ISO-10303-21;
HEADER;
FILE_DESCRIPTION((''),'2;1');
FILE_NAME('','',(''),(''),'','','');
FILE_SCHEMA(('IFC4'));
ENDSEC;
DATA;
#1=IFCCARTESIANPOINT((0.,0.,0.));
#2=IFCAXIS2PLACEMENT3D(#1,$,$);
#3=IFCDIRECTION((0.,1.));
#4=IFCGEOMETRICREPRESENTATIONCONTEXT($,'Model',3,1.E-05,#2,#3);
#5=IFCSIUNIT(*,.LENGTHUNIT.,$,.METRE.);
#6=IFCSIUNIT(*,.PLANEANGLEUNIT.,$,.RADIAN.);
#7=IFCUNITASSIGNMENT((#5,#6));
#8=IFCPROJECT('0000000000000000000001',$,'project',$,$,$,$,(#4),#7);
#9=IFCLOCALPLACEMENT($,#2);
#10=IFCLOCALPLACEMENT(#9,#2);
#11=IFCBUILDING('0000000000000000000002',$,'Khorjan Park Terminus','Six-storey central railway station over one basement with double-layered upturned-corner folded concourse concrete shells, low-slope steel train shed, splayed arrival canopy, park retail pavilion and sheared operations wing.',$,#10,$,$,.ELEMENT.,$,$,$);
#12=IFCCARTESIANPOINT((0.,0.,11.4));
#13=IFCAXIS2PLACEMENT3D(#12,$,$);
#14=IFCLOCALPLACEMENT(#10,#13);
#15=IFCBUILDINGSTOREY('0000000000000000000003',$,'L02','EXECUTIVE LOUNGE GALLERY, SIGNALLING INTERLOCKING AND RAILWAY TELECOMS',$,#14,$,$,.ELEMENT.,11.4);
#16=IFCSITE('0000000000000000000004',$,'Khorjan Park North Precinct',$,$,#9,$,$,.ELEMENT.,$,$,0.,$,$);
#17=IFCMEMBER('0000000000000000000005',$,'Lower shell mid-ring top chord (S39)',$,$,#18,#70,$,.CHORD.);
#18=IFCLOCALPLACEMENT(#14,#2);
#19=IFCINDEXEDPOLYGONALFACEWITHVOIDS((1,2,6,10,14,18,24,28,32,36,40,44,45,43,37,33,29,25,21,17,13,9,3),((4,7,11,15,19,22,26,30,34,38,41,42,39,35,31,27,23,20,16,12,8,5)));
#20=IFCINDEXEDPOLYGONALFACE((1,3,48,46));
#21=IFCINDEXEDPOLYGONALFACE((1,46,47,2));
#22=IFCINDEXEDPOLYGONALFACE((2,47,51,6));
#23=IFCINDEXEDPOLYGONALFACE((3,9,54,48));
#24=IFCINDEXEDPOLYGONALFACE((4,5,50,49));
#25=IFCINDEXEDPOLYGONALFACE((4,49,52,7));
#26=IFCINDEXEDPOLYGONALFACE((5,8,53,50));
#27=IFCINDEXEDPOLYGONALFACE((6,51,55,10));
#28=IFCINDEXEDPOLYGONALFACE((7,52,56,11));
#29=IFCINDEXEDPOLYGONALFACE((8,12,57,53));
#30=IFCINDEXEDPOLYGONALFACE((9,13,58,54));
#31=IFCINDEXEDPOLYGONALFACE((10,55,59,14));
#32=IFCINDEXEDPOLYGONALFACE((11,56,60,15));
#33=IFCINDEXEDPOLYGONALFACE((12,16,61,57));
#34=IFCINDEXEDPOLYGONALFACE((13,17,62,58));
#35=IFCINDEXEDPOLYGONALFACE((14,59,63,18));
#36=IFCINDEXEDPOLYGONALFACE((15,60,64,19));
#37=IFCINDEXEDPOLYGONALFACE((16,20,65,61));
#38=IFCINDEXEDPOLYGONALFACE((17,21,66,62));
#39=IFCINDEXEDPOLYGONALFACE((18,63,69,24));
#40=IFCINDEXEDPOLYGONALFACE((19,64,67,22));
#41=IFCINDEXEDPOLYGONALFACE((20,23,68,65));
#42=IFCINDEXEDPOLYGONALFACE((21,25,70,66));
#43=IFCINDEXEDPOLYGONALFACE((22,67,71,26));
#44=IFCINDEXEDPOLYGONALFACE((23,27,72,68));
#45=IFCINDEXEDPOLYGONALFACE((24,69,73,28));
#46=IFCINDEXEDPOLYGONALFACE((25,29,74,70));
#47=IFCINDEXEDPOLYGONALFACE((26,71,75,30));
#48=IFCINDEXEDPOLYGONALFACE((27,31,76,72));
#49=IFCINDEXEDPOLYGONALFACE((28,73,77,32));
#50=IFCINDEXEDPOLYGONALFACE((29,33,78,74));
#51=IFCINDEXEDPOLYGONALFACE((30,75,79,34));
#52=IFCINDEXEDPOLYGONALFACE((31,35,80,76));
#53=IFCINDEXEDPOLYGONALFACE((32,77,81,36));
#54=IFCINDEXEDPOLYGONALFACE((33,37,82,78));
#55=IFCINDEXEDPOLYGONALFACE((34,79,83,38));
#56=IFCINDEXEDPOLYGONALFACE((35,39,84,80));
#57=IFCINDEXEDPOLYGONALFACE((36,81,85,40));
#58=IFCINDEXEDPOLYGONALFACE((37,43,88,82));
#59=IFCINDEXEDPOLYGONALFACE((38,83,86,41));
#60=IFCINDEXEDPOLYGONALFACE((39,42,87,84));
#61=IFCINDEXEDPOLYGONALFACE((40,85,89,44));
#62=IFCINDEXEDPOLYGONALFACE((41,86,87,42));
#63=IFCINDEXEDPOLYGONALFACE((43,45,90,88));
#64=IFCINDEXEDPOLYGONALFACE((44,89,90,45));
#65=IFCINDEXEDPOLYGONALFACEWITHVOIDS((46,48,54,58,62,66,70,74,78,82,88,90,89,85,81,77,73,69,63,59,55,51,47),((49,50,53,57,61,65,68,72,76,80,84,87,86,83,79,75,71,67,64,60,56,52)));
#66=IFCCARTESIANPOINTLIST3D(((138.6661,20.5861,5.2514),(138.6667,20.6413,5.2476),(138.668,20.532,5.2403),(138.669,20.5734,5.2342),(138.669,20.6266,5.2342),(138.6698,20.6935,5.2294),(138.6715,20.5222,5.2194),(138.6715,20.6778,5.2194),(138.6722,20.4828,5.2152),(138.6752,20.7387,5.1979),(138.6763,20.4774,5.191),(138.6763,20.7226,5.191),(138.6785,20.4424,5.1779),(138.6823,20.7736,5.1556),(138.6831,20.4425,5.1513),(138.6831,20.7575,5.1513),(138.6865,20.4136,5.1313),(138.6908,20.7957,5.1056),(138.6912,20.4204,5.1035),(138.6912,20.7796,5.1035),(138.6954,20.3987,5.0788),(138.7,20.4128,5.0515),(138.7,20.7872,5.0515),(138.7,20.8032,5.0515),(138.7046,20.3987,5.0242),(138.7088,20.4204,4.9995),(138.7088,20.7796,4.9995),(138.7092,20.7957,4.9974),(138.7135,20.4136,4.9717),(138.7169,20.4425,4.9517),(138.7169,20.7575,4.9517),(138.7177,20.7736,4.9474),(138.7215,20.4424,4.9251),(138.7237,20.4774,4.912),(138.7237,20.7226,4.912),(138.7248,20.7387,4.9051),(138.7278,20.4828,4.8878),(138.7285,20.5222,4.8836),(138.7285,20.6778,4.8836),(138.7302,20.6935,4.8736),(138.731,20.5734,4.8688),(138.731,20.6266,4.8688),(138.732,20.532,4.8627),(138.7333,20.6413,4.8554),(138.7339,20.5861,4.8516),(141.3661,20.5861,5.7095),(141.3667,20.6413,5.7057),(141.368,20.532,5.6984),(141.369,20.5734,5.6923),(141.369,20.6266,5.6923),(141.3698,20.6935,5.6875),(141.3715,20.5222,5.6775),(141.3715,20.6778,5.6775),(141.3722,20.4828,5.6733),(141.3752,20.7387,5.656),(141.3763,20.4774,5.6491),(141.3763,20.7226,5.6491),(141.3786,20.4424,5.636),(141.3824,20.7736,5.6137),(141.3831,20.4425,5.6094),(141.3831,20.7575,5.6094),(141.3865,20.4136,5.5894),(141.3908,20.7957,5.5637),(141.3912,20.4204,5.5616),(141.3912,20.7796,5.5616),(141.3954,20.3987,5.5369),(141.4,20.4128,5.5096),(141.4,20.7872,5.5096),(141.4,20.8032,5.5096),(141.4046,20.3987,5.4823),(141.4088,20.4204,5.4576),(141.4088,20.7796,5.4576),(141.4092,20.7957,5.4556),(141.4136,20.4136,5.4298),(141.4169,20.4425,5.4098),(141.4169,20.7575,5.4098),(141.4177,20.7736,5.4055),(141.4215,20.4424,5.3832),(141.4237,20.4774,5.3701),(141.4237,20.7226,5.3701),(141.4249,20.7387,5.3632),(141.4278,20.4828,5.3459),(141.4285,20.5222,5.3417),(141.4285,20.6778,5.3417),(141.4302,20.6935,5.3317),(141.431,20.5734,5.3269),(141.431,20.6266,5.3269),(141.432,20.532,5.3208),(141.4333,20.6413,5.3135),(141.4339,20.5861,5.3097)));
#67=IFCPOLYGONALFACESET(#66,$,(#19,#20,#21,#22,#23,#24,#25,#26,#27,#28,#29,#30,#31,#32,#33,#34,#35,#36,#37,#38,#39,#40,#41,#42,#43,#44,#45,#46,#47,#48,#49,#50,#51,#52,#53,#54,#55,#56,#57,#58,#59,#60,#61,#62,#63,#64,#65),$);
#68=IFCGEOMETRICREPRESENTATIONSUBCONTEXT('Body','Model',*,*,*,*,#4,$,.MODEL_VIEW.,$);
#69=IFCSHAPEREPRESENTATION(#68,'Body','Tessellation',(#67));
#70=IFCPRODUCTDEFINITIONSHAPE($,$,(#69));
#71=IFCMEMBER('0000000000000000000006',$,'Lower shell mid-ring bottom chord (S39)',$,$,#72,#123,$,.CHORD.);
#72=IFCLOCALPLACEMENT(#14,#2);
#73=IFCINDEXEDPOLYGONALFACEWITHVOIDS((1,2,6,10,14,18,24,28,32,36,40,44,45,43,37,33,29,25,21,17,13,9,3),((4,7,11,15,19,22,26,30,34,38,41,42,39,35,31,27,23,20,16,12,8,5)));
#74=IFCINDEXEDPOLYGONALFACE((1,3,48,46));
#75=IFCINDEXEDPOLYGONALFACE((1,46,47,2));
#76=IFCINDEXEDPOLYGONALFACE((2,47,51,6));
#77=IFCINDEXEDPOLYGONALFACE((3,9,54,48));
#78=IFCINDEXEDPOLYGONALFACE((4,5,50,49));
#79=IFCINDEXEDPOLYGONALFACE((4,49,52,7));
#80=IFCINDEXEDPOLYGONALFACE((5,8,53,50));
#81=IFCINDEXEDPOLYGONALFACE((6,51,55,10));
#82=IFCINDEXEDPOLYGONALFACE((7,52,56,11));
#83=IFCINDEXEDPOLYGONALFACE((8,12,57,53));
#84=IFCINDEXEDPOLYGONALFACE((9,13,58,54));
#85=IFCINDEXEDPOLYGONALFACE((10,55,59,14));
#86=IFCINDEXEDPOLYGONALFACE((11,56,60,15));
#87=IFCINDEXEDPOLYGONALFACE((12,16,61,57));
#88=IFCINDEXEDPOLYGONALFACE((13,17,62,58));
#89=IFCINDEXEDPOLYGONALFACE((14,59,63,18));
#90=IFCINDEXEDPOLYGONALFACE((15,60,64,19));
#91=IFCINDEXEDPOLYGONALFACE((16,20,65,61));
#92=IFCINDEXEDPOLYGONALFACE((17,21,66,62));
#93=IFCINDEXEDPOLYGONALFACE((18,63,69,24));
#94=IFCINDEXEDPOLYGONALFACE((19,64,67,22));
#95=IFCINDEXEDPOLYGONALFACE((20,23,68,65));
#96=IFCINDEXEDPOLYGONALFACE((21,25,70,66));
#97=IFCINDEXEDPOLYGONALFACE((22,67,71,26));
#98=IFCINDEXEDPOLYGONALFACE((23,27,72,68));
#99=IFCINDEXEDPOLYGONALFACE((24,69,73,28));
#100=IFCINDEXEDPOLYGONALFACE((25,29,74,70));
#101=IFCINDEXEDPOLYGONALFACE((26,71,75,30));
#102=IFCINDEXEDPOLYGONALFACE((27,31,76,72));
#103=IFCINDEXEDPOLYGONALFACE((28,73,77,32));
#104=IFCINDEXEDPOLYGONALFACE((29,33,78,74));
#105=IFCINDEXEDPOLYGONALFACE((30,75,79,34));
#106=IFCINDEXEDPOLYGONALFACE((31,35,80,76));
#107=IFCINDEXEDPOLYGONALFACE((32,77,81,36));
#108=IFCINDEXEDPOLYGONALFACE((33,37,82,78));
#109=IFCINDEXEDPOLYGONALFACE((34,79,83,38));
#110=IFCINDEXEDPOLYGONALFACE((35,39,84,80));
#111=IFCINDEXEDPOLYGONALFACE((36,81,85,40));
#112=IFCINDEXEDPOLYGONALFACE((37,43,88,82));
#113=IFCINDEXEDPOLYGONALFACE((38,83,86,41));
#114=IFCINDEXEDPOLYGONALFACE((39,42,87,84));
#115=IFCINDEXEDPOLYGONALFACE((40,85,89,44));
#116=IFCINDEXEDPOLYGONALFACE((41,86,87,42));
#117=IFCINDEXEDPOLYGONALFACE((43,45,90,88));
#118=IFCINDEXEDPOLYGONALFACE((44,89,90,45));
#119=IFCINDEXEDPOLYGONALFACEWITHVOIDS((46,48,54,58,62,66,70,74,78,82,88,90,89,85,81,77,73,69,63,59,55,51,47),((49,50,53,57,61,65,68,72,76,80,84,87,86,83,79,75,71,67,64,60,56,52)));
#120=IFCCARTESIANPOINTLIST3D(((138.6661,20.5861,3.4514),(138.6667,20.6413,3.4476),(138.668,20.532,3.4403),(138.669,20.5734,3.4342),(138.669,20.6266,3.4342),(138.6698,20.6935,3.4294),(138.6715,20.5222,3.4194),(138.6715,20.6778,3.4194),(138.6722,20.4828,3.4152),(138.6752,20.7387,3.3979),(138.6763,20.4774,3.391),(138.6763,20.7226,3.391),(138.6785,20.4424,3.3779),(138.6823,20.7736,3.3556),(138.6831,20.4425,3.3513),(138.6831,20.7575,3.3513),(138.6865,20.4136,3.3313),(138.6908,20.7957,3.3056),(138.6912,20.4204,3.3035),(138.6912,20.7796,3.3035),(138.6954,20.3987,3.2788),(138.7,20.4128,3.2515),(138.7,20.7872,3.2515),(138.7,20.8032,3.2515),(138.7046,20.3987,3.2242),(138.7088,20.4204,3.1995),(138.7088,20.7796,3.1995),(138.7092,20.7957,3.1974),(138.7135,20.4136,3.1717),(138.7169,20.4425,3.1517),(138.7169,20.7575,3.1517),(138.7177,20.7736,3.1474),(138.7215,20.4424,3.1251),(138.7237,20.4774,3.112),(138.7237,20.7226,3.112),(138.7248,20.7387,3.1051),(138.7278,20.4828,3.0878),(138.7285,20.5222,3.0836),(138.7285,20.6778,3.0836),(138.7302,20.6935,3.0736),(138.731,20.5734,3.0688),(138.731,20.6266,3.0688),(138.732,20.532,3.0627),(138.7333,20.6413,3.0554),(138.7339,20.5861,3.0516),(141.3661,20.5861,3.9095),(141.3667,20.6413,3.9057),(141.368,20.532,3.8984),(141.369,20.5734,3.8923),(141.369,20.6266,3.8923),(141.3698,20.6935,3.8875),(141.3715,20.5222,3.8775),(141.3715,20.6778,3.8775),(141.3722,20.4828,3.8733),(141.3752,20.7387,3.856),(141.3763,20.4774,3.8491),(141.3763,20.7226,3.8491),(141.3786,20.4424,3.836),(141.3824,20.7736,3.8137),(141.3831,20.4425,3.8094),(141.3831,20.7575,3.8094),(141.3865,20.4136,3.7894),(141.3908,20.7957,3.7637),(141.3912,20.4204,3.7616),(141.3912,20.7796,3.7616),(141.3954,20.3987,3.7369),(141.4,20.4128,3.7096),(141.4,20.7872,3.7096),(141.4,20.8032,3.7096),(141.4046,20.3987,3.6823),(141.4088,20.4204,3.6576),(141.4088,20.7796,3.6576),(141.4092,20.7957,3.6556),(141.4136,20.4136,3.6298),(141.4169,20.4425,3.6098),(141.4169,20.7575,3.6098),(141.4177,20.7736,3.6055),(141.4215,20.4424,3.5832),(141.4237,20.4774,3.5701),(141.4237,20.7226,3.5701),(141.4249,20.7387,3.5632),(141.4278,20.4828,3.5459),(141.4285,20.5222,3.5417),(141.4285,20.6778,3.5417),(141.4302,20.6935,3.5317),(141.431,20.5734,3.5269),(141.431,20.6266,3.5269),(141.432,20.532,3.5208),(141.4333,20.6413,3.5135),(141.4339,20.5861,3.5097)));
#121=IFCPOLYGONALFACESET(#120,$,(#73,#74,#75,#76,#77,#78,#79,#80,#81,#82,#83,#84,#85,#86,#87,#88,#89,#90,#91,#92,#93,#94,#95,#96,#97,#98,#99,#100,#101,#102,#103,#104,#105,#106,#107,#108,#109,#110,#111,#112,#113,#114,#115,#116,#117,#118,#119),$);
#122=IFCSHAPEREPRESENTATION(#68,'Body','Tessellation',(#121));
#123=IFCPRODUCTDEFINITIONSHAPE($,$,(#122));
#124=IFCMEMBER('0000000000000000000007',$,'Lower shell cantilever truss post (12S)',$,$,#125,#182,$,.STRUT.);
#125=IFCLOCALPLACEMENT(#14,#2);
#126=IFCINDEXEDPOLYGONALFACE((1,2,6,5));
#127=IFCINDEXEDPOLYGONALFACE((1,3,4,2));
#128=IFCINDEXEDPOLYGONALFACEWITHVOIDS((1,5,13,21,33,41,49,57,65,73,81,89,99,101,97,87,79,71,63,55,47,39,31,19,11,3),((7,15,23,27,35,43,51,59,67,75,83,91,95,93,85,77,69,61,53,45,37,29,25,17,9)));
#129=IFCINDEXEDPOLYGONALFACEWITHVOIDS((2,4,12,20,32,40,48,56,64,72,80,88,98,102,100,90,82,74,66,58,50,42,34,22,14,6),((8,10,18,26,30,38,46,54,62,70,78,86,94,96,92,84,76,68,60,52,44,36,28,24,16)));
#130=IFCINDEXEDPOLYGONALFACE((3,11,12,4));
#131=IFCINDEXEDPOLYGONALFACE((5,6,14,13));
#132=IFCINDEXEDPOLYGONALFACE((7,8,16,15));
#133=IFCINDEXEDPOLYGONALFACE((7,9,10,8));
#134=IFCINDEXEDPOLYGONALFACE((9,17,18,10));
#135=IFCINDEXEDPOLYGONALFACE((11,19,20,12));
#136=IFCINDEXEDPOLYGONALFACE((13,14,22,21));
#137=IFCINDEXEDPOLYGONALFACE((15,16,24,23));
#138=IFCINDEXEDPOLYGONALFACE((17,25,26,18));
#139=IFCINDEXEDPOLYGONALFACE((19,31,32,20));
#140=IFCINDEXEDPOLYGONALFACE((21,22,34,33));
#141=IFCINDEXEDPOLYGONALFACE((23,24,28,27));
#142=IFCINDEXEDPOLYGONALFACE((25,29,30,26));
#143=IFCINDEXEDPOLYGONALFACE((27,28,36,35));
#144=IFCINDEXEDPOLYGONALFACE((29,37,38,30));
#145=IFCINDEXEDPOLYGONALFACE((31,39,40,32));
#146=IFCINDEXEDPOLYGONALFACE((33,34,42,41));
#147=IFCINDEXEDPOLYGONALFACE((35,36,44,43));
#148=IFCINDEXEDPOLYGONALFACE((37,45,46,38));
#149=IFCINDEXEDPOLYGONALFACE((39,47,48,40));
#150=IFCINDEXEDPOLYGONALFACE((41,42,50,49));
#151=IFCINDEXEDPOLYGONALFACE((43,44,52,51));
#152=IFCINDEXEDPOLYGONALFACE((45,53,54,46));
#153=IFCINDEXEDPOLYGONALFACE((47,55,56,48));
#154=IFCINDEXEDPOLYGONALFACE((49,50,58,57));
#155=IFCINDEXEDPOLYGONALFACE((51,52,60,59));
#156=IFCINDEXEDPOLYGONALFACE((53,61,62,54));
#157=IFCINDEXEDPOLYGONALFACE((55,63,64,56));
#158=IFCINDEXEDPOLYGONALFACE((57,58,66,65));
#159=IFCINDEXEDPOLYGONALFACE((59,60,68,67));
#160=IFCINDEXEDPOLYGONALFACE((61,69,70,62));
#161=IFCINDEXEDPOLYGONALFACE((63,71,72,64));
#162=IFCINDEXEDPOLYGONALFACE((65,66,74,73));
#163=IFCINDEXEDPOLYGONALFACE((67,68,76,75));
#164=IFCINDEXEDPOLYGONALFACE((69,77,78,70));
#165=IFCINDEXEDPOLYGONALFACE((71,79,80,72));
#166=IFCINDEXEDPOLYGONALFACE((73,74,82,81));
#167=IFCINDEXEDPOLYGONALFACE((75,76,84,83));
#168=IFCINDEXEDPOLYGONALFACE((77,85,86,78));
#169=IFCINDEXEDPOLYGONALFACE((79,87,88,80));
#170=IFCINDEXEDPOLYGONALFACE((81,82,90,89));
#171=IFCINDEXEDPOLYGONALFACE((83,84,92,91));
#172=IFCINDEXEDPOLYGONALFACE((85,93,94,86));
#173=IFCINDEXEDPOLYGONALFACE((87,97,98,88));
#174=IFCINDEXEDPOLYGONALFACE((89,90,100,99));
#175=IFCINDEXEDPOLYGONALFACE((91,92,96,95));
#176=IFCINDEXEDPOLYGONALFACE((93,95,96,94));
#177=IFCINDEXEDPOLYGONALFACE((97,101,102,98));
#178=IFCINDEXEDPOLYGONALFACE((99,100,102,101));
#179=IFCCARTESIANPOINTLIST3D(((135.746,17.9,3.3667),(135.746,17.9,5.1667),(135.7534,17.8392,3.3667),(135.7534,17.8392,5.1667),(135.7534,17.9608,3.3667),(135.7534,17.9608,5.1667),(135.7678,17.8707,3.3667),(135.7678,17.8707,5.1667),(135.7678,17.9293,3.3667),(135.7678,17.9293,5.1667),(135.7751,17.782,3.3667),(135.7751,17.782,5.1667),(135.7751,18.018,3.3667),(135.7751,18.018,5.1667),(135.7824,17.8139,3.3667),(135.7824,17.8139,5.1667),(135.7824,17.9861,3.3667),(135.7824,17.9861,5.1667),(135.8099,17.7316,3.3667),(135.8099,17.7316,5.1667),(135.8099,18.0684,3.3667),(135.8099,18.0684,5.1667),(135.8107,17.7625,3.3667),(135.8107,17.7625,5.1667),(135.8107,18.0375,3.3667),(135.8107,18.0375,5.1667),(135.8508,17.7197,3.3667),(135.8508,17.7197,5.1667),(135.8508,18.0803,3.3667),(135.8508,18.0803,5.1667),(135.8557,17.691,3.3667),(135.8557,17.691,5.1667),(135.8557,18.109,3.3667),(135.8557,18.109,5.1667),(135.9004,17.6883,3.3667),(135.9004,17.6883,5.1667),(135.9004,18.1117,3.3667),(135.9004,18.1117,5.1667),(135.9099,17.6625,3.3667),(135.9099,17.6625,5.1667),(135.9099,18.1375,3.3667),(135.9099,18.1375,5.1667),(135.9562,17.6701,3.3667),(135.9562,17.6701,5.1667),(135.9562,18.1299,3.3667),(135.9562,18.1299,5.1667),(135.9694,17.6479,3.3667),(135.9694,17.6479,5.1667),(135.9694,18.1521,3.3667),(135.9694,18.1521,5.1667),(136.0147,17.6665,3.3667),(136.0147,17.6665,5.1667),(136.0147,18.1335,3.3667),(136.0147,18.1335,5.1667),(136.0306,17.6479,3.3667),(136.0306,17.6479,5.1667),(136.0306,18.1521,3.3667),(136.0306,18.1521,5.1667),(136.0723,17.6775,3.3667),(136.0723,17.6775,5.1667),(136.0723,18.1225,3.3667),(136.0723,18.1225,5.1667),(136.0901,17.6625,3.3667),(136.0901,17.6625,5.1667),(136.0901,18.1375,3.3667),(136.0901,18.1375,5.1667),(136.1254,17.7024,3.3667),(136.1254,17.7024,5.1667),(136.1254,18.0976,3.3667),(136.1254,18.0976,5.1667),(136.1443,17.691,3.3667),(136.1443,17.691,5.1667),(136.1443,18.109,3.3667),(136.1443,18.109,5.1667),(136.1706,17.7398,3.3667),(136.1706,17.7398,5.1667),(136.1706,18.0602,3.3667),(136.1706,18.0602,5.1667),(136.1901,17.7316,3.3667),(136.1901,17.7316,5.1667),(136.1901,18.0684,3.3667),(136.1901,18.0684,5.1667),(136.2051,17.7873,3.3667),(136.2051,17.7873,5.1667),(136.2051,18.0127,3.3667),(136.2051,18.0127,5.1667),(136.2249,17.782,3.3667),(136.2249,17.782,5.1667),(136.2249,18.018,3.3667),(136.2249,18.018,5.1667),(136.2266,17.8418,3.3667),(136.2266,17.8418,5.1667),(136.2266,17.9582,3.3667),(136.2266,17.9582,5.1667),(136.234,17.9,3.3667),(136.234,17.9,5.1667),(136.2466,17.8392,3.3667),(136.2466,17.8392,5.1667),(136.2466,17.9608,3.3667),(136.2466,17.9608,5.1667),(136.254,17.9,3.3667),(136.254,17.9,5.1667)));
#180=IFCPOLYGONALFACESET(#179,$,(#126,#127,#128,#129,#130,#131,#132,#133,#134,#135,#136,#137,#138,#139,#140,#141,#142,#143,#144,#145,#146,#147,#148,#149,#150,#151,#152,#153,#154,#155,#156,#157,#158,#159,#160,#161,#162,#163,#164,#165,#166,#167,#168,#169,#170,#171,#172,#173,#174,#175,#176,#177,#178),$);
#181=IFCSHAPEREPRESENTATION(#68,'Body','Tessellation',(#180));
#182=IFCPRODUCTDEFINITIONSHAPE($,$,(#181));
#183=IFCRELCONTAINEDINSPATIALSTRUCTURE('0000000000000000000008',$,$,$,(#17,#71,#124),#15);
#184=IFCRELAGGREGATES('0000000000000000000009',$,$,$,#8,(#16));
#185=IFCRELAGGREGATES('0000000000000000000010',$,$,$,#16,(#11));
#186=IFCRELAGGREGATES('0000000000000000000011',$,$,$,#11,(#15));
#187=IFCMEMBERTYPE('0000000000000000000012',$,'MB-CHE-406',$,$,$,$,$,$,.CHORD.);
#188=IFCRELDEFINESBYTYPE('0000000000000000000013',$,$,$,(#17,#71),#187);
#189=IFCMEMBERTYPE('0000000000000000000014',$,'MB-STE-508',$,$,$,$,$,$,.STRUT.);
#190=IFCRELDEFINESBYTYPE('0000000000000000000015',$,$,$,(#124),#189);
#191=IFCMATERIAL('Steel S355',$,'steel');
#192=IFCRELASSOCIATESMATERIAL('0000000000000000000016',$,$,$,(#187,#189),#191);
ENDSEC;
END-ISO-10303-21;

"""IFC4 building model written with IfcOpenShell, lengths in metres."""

from ifc_helpers import new_model, si_unit, direction, frame, origin, origin_2d, place, context, subcontext, project, spatial, hollow_circle, extrude, material, material_profile, profile_set, type_object, element, save


model = new_model("IFC4")

# Units and contexts
model_context = context("Model", 3, precision=1e-05, world=origin(), true_north=direction((0.0, 1.0)))
body_context = subcontext(model_context, "Body", "Model", "MODEL_VIEW")
ifc_project = project(units=[si_unit("LENGTHUNIT", "METRE"), si_unit("PLANEANGLEUNIT", "RADIAN")], contexts=[model_context])

# Site, building, storey
site_placement = place(None, origin())
site = spatial("IfcSite", under=ifc_project, at=site_placement, Name="Khorjan Park North Precinct", CompositionType="ELEMENT", RefElevation=0.0)
building_placement = place(site_placement, origin())
building = spatial("IfcBuilding", under=site, at=building_placement, Name="Khorjan Park Terminus", Description="Six-storey central railway station over one basement with double-layered upturned-corner folded concourse concrete shells, low-slope steel train shed, splayed arrival canopy, park retail pavilion and sheared operations wing.", CompositionType="ELEMENT")
storey_placement = place(building_placement, frame((0.0, 0.0, 11.4)))
storey = spatial("IfcBuildingStorey", under=building, at=storey_placement, Name="L02", Description="EXECUTIVE LOUNGE GALLERY, SIGNALLING INTERLOCKING AND RAILWAY TELECOMS", CompositionType="ELEMENT", Elevation=11.4)

# Members
ifc_material_1 = material(Name="Steel S355", Category="steel")
ifc_material_profile_1 = material_profile(ifc_material_1, hollow_circle(Radius=0.2032, WallThickness=0.016, at=origin_2d()), Name="CHS 406.4x16")
ifc_profile_set_1 = profile_set([ifc_material_profile_1], Name="Steel S355")
member_type_1 = type_object("IfcMemberType", Name="MB-CHE-406", PredefinedType="CHORD", material=ifc_profile_set_1)
for number, where, z_axis, x_axis, name in (
    (1, (138.7, 20.6, 5.0515), (0.98591, 0.0, 0.167276), (0.0, 1.0, 0.0), "Lower shell mid-ring top chord (S39)"),
    (2, (138.7, 20.6, 3.2515), (0.98591, 0.0, 0.167276), (0.0, 1.0, 0.0), "Lower shell mid-ring bottom chord (S39)"),
):
    element("IfcMember", number, at=place(storey_placement, frame(where, z_axis=z_axis, x_axis=x_axis)), inside=storey, type_object=member_type_1, Name=name, PredefinedType="CHORD", context=body_context, shape_type="SweptSolid", body=[
        extrude(hollow_circle(Radius=0.2032, WallThickness=0.016, at=origin_2d()), origin(), (0.0, 0.0, 1.0), 2.7386),
    ])
ifc_material_profile_2 = material_profile(ifc_material_1, hollow_circle(Radius=0.254, WallThickness=0.02, at=origin_2d()), Name="CHS 508x20")
ifc_profile_set_2 = profile_set([ifc_material_profile_2], Name="Steel S355")
member_type_2 = type_object("IfcMemberType", Name="MB-STE-508", PredefinedType="STRUT", material=ifc_profile_set_2)
for number, where, z_axis, x_axis, name in (
    (3, (136.0, 17.9, 3.3667), (0.0, 0.0, 1.0), (1.0, 0.0, 0.0), "Lower shell cantilever truss post (12S)"),
):
    element("IfcMember", number, at=place(storey_placement, frame(where, z_axis=z_axis, x_axis=x_axis)), inside=storey, type_object=member_type_2, Name=name, PredefinedType="STRUT", context=body_context, shape_type="SweptSolid", body=[
        extrude(hollow_circle(Radius=0.254, WallThickness=0.02, at=origin_2d()), origin(), (0.0, 0.0, 1.0), 1.8),
    ])

save(model, "model.ifc")
